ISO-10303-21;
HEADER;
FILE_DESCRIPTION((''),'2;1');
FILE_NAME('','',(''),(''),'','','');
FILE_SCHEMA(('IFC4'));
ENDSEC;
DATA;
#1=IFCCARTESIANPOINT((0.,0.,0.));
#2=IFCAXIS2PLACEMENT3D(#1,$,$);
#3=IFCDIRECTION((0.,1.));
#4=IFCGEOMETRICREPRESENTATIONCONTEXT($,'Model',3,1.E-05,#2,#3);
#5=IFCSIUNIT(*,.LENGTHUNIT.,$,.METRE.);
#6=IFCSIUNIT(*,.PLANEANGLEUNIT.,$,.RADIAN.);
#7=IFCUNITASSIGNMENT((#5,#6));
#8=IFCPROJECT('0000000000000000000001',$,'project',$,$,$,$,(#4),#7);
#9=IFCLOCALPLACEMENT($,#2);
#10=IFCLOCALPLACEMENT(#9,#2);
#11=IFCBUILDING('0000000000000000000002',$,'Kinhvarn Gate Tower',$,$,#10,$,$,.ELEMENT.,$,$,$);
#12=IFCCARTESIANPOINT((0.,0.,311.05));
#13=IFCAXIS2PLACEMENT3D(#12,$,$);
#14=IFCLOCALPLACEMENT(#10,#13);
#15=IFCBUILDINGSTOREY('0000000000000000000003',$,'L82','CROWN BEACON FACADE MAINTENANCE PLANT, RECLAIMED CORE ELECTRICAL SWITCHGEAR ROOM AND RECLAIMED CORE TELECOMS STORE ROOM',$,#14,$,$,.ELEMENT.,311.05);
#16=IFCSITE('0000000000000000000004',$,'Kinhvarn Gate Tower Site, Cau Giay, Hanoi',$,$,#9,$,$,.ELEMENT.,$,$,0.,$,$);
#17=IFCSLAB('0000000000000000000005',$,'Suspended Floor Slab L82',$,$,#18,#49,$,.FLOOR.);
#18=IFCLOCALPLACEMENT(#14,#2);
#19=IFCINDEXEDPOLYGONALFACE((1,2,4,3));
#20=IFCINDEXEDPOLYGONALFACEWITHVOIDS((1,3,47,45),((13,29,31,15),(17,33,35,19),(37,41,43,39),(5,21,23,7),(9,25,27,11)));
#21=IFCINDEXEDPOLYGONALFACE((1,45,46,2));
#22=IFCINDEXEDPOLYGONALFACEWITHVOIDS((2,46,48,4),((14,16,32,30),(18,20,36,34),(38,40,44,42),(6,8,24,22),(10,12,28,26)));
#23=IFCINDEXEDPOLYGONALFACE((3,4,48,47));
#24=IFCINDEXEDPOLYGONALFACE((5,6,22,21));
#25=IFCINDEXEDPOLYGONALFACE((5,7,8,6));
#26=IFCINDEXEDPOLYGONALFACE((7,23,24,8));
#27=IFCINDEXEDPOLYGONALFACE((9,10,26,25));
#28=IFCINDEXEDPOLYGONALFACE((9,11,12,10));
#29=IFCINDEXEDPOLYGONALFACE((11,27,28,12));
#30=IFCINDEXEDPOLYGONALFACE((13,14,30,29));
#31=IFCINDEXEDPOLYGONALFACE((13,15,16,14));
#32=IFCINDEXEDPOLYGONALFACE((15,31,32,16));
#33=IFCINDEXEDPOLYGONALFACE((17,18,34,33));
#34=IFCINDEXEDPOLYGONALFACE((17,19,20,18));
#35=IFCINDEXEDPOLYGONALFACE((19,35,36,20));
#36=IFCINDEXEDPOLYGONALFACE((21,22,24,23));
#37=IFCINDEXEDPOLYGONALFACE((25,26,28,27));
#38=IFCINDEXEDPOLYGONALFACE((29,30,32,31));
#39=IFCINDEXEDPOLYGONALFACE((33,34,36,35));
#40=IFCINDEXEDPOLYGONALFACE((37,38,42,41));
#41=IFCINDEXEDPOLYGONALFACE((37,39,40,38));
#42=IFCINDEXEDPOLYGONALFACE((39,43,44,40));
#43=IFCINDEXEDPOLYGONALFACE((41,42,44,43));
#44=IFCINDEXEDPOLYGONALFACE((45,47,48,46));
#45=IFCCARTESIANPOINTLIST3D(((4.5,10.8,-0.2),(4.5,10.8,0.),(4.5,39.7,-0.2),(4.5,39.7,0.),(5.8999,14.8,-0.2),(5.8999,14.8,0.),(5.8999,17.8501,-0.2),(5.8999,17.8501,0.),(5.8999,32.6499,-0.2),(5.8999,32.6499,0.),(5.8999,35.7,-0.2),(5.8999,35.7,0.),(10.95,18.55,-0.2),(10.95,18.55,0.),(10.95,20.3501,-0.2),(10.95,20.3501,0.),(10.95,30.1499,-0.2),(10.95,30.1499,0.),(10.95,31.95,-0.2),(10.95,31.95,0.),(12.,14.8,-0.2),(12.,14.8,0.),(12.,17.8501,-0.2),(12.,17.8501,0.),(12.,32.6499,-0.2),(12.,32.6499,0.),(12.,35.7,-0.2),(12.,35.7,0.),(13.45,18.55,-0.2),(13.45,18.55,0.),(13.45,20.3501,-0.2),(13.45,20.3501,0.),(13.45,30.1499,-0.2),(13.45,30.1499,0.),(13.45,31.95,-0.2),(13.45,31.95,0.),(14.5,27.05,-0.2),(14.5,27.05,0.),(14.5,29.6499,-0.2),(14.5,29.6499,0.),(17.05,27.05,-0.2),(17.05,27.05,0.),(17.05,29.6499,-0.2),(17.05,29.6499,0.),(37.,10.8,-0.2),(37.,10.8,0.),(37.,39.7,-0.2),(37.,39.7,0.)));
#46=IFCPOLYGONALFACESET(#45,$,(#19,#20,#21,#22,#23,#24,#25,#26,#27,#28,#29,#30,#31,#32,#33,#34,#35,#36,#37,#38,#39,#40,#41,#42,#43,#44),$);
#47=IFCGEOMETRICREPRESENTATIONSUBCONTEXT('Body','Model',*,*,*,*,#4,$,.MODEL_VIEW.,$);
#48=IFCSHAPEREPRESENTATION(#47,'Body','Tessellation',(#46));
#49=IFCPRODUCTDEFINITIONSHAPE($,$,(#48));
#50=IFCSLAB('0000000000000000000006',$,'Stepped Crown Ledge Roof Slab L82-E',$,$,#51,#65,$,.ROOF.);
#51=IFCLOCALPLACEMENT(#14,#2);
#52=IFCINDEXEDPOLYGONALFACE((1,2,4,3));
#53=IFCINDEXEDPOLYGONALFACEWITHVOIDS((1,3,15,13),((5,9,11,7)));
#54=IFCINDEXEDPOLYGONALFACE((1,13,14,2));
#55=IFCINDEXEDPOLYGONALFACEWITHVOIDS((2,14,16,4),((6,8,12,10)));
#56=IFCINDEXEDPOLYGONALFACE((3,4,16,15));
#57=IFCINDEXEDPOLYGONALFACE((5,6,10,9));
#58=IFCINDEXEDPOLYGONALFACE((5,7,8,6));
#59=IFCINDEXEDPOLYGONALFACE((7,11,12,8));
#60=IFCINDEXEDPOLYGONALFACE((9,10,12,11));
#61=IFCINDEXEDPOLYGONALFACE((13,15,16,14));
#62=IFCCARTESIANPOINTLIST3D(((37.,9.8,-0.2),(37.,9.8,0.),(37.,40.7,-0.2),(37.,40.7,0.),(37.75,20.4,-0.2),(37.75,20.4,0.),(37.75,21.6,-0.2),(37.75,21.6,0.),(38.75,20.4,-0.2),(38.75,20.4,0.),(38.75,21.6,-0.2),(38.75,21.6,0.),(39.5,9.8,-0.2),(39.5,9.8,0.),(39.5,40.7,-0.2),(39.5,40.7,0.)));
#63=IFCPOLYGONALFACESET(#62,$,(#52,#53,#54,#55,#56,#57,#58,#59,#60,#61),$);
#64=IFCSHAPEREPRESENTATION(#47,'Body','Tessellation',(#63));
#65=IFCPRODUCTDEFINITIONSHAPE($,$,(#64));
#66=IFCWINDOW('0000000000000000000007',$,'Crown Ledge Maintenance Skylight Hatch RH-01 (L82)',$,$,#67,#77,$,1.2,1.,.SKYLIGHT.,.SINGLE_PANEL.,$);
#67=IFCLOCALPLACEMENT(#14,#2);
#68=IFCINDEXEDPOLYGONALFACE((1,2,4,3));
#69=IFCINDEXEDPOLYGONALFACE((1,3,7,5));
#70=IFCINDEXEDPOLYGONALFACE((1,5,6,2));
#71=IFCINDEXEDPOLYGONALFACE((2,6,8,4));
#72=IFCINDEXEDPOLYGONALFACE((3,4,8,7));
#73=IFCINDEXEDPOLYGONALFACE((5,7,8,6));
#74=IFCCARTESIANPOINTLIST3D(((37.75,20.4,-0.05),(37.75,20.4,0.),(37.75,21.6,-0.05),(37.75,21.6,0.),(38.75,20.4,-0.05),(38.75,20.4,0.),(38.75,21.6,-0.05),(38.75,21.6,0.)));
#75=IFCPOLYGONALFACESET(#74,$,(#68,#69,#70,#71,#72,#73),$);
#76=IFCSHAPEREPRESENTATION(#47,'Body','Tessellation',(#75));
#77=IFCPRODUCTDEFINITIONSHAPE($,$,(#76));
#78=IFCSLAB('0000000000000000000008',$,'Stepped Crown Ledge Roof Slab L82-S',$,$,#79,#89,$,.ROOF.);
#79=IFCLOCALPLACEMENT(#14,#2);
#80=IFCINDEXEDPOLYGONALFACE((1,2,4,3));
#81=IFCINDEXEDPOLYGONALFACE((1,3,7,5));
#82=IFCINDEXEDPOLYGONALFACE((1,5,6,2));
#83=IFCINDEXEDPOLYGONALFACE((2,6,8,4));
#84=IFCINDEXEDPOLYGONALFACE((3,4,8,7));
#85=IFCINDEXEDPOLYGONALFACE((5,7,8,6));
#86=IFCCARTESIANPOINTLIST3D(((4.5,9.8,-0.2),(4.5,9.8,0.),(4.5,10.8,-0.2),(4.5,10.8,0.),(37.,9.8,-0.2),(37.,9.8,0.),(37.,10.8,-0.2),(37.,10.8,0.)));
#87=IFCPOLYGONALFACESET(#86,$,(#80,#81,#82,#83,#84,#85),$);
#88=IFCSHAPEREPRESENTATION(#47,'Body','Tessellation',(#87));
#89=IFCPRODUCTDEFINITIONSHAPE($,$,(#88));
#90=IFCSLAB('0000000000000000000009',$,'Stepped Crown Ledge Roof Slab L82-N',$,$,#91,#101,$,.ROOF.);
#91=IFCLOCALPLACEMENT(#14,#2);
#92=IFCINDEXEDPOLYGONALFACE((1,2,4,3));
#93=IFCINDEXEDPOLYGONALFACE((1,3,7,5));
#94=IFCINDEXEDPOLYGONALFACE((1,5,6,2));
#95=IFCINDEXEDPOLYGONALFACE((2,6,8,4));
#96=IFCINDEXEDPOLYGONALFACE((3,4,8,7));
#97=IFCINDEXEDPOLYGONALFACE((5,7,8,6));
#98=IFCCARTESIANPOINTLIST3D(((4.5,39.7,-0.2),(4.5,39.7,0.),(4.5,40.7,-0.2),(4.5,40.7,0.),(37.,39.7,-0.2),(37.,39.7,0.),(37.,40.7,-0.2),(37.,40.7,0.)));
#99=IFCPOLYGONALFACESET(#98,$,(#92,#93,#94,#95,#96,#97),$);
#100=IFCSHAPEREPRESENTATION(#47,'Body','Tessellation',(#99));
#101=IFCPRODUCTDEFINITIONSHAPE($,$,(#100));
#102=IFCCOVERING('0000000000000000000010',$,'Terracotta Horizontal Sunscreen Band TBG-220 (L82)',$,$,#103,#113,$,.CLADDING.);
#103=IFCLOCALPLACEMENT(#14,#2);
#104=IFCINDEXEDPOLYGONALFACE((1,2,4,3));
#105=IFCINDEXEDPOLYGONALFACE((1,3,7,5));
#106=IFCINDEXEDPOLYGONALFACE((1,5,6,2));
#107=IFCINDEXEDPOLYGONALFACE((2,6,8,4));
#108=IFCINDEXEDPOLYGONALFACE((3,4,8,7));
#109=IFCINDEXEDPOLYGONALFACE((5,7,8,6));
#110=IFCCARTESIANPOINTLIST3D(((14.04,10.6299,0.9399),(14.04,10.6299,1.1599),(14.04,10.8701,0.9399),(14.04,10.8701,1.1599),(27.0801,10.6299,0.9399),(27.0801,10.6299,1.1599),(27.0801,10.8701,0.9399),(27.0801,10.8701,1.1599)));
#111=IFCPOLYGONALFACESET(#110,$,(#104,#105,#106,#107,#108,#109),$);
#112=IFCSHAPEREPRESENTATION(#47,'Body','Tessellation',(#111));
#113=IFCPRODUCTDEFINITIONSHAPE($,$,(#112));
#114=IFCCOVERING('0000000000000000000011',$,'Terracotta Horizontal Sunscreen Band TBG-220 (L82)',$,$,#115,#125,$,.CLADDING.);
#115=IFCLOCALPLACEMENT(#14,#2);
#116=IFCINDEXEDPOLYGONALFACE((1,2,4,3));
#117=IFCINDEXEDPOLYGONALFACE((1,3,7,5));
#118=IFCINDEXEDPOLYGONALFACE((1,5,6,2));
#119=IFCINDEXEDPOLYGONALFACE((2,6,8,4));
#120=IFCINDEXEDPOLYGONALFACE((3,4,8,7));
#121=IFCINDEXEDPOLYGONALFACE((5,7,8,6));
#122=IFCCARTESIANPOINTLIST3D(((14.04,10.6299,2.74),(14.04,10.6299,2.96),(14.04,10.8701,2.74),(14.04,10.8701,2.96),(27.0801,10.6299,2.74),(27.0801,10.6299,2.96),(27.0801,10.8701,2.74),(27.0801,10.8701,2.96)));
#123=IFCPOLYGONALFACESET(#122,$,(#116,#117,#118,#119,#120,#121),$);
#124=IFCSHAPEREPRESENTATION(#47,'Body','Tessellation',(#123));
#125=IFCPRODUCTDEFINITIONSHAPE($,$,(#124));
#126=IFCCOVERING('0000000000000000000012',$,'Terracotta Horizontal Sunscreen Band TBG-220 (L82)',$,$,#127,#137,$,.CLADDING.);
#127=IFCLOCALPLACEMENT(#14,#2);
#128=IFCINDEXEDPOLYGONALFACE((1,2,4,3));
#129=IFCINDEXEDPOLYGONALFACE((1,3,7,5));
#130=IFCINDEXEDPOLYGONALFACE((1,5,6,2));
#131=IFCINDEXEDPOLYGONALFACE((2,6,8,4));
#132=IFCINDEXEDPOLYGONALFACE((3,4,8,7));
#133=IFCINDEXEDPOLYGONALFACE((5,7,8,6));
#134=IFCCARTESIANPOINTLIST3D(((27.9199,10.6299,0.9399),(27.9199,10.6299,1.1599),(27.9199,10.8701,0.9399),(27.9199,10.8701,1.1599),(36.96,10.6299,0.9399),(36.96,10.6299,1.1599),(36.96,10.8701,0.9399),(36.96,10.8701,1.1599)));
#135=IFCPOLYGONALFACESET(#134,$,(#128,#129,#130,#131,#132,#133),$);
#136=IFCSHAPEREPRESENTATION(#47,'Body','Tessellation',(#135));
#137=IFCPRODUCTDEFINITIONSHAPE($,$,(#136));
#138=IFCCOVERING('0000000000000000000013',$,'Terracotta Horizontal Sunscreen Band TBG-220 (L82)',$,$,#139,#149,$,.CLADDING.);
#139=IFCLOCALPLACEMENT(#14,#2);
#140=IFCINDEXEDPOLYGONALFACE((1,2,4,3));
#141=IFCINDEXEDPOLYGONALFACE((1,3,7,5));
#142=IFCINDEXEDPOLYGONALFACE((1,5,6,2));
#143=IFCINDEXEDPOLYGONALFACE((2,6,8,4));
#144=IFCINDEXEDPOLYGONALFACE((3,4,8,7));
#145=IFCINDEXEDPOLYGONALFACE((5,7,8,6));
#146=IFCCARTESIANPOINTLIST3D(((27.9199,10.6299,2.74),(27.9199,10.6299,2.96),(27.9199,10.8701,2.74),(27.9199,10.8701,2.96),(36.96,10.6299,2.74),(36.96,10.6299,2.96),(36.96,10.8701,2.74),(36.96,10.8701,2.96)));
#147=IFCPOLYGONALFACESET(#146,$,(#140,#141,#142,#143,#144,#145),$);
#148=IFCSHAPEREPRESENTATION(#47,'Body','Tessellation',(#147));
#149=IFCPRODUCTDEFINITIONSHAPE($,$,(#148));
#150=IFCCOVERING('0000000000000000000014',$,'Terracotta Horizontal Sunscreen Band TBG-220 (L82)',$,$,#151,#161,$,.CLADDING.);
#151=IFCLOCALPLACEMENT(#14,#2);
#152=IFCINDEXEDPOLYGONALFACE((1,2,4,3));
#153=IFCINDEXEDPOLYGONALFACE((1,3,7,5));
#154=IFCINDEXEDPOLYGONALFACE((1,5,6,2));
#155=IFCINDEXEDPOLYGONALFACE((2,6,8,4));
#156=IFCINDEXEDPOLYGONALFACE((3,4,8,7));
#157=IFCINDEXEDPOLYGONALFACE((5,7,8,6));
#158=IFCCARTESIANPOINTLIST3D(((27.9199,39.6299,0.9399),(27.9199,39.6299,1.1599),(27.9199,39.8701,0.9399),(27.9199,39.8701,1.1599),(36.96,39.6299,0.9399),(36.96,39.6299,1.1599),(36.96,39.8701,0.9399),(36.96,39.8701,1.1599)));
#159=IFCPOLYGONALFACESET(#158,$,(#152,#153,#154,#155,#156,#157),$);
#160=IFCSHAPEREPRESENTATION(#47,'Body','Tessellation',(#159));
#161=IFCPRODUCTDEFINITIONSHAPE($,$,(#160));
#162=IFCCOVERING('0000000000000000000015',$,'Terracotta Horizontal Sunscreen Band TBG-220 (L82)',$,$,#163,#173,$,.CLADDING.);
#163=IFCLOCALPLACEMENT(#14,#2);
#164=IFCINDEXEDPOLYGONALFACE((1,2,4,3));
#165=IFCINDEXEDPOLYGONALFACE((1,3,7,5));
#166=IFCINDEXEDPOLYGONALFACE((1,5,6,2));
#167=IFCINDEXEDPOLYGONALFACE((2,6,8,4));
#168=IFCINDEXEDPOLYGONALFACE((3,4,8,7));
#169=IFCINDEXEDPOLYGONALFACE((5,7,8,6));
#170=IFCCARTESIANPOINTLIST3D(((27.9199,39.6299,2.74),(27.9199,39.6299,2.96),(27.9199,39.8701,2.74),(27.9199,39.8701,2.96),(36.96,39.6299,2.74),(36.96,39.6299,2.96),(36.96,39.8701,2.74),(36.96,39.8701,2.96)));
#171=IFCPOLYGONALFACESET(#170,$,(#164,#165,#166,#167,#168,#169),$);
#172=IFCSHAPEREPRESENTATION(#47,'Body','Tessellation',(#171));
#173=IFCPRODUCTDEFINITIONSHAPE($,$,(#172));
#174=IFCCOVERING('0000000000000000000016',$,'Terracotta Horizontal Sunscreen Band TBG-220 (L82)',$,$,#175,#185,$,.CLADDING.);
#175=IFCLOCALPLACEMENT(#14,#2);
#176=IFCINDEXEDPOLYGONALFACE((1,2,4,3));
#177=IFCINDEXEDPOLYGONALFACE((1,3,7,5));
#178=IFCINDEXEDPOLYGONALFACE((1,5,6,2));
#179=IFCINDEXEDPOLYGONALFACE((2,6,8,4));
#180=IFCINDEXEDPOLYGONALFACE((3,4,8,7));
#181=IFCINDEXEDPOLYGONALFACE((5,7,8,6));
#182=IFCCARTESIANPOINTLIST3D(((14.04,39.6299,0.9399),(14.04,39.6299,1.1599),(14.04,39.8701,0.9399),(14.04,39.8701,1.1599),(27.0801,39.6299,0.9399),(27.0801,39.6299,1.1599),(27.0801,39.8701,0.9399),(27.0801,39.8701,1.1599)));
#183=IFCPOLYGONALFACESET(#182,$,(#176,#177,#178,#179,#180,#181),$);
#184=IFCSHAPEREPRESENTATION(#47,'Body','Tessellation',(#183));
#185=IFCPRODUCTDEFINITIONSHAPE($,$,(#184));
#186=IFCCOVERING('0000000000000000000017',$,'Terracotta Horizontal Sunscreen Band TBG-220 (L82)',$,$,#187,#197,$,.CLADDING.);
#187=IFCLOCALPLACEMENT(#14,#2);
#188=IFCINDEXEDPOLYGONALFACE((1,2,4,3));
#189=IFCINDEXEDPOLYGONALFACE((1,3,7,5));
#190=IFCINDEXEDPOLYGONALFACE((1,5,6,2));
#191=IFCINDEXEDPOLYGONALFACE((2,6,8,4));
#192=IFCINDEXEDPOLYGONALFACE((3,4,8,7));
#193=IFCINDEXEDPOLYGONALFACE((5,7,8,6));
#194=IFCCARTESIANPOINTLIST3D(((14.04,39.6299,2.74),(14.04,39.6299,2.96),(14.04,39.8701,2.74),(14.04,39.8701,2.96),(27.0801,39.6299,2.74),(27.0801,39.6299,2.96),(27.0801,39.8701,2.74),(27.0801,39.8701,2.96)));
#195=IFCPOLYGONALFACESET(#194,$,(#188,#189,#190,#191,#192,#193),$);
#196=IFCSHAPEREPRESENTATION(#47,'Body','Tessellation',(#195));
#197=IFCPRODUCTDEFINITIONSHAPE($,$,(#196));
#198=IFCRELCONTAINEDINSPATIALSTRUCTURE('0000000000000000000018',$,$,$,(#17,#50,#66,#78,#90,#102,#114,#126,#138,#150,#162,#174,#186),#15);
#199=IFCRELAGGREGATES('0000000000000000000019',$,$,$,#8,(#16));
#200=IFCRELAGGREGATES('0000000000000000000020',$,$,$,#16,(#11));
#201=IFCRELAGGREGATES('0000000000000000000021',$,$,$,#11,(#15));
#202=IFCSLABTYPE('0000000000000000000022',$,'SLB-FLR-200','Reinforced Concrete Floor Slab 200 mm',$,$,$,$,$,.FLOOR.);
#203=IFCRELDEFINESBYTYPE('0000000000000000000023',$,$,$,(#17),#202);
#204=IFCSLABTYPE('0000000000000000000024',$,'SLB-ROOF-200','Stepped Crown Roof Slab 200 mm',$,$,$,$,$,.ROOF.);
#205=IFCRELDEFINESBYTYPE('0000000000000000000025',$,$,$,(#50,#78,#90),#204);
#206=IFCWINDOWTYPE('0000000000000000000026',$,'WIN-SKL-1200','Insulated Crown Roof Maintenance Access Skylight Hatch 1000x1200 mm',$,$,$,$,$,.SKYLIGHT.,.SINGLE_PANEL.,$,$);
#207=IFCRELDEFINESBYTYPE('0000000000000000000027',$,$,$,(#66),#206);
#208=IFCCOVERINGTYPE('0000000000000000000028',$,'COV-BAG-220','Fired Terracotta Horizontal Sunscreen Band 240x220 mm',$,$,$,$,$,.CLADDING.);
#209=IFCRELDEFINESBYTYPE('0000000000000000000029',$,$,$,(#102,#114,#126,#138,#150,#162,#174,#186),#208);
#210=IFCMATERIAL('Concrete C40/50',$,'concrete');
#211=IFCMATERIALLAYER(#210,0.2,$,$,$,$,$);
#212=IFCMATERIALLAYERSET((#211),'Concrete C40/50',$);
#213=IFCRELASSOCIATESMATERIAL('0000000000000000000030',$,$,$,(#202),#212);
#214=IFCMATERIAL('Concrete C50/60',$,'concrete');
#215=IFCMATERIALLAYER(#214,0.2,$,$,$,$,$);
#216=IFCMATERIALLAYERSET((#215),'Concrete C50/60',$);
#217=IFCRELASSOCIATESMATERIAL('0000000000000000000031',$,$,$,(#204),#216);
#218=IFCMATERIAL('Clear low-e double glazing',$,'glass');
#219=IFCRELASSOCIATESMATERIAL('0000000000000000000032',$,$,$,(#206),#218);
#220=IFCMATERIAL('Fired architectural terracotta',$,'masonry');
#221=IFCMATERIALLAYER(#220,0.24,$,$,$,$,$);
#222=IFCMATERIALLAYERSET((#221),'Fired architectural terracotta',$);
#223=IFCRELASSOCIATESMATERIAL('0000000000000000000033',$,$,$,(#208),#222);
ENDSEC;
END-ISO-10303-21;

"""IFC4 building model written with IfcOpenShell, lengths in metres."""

from ifc_helpers import new_model, si_unit, direction, frame, origin, origin_2d, place, context, subcontext, project, spatial, polyline, rectangle, outline, extrude, material, layer, layer_set, type_object, element, fill, save


model = new_model("IFC4")

# Units and contexts
model_context = context("Model", 3, precision=1e-05, world=origin(), true_north=direction((0.0, 1.0)))
body_context = subcontext(model_context, "Body", "Model", "MODEL_VIEW")
ifc_project = project(units=[si_unit("LENGTHUNIT", "METRE"), si_unit("PLANEANGLEUNIT", "RADIAN")], contexts=[model_context])

# Site, building, storey
site_placement = place(None, origin())
site = spatial("IfcSite", under=ifc_project, at=site_placement, Name="Kinhvarn Gate Tower Site, Cau Giay, Hanoi", CompositionType="ELEMENT", RefElevation=0.0)
building_placement = place(site_placement, origin())
building = spatial("IfcBuilding", under=site, at=building_placement, Name="Kinhvarn Gate Tower", CompositionType="ELEMENT")
storey_placement = place(building_placement, frame((0.0, 0.0, 311.05)))
storey = spatial("IfcBuildingStorey", under=building, at=storey_placement, Name="L82", Description="CROWN BEACON FACADE MAINTENANCE PLANT, RECLAIMED CORE ELECTRICAL SWITCHGEAR ROOM AND RECLAIMED CORE TELECOMS STORE ROOM", CompositionType="ELEMENT", Elevation=311.05)

# Slab
ifc_material_1 = material(Name="Concrete C40/50", Category="concrete")
ifc_layer_1 = layer(ifc_material_1, 0.2)
ifc_layer_set_1 = layer_set([ifc_layer_1], Name="Concrete C40/50")
slab_type_1 = type_object("IfcSlabType", Name="SLB-FLR-200", Description="Reinforced Concrete Floor Slab 200 mm", PredefinedType="FLOOR", material=ifc_layer_set_1)
slab_1_placement = place(storey_placement, frame((0.0, 0.0, -0.2)))
element("IfcSlab", 1, at=slab_1_placement, inside=storey, type_object=slab_type_1, Name="Suspended Floor Slab L82", PredefinedType="FLOOR", context=body_context, shape_type="SweptSolid", body=[
    extrude(outline(polyline([(4.5, 10.8), (37.0, 10.8), (37.0, 39.7), (4.5, 39.7), (4.5, 10.8)]), holes=[polyline([(5.8999, 14.8), (12.0, 14.8), (12.0, 17.8501), (5.8999, 17.8501), (5.8999, 14.8)]), polyline([(5.8999, 32.6499), (12.0, 32.6499), (12.0, 35.7), (5.8999, 35.7), (5.8999, 32.6499)]), polyline([(14.5, 27.05), (17.05, 27.05), (17.05, 29.6499), (14.5, 29.6499), (14.5, 27.05)]), polyline([(10.95, 18.55), (13.45, 18.55), (13.45, 20.3501), (10.95, 20.3501), (10.95, 18.55)]), polyline([(10.95, 30.1499), (13.45, 30.1499), (13.45, 31.95), (10.95, 31.95), (10.95, 30.1499)])]), origin(), (0.0, 0.0, 1.0), 0.2),
])

# Slab, opening, window
ifc_material_2 = material(Name="Concrete C50/60", Category="concrete")
ifc_layer_2 = layer(ifc_material_2, 0.2)
ifc_layer_set_2 = layer_set([ifc_layer_2], Name="Concrete C50/60")
slab_type_2 = type_object("IfcSlabType", Name="SLB-ROOF-200", Description="Stepped Crown Roof Slab 200 mm", PredefinedType="ROOF", material=ifc_layer_set_2)
slab_2_placement = place(storey_placement, frame((0.0, 0.0, -0.2)))
slab_2 = element("IfcSlab", 2, at=slab_2_placement, inside=storey, type_object=slab_type_2, Name="Stepped Crown Ledge Roof Slab L82-E", PredefinedType="ROOF", context=body_context, shape_type="SweptSolid", body=[
    extrude(outline(polyline([(37.0, 9.8), (37.0, 40.7), (39.5, 40.7), (39.5, 9.8), (37.0, 9.8)])), origin(), (0.0, 0.0, 1.0), 0.2),
])
opening_placement = place(slab_2_placement, frame((38.25, 21.0, -0.01)))
opening = element("IfcOpeningElement", 3, at=opening_placement, cuts=slab_2, PredefinedType="OPENING", context=body_context, shape_type="SweptSolid", body=[
    extrude(rectangle(XDim=1.0, YDim=1.2, at=origin_2d()), origin(), (0.0, 0.0, 1.0), 0.22),
])
ifc_material_3 = material(Name="Clear low-e double glazing", Category="glass")
window_type = type_object("IfcWindowType", Name="WIN-SKL-1200", Description="Insulated Crown Roof Maintenance Access Skylight Hatch 1000x1200 mm", PartitioningType="SINGLE_PANEL", PredefinedType="SKYLIGHT", material=ifc_material_3)
window_placement = place(slab_2_placement, frame((38.25, 21.0, 0.1499)))
window = element("IfcWindow", 4, at=window_placement, inside=storey, type_object=window_type, Name="Crown Ledge Maintenance Skylight Hatch RH-01 (L82)", OverallHeight=1.2, OverallWidth=1.0, PartitioningType="SINGLE_PANEL", PredefinedType="SKYLIGHT", context=body_context, shape_type="SweptSolid", body=[
    extrude(rectangle(XDim=1.0, YDim=1.2, at=origin_2d()), origin(), (0.0, 0.0, 1.0), 0.05),
])
fill(opening, window)

# Slabs
slab_3_placement = place(storey_placement, frame((0.0, 0.0, -0.2)))
element("IfcSlab", 5, at=slab_3_placement, inside=storey, type_object=slab_type_2, Name="Stepped Crown Ledge Roof Slab L82-S", PredefinedType="ROOF", context=body_context, shape_type="SweptSolid", body=[
    extrude(outline(polyline([(4.5, 9.8), (4.5, 10.8), (37.0, 10.8), (37.0, 9.8), (4.5, 9.8)])), origin(), (0.0, 0.0, 1.0), 0.2),
])
slab_4_placement = place(storey_placement, frame((0.0, 0.0, -0.2)))
element("IfcSlab", 6, at=slab_4_placement, inside=storey, type_object=slab_type_2, Name="Stepped Crown Ledge Roof Slab L82-N", PredefinedType="ROOF", context=body_context, shape_type="SweptSolid", body=[
    extrude(outline(polyline([(37.0, 40.7), (37.0, 39.7), (4.5, 39.7), (4.5, 40.7), (37.0, 40.7)])), origin(), (0.0, 0.0, 1.0), 0.2),
])

# Coverings
ifc_material_4 = material(Name="Fired architectural terracotta", Category="masonry")
ifc_layer_3 = layer(ifc_material_4, 0.24)
ifc_layer_set_3 = layer_set([ifc_layer_3], Name="Fired architectural terracotta")
covering_type_1 = type_object("IfcCoveringType", Name="COV-BAG-220", Description="Fired Terracotta Horizontal Sunscreen Band 240x220 mm", PredefinedType="CLADDING", material=ifc_layer_set_3)
for number, where, name in (
    (7, (0.0, 0.0, 0.9399), "Terracotta Horizontal Sunscreen Band TBG-220 (L82)"),
    (8, (0.0, 0.0, 2.74), "Terracotta Horizontal Sunscreen Band TBG-220 (L82)"),
):
    element("IfcCovering", number, at=place(storey_placement, frame(where)), inside=storey, type_object=covering_type_1, Name=name, PredefinedType="CLADDING", context=body_context, shape_type="SweptSolid", body=[
        extrude(outline(polyline([(14.04, 10.8701), (27.0801, 10.8701), (27.0801, 10.6299), (14.04, 10.6299), (14.04, 10.8701)])), origin(), (0.0, 0.0, 1.0), 0.22),
    ])
for number, where, name in (
    (9, (0.0, 0.0, 0.9399), "Terracotta Horizontal Sunscreen Band TBG-220 (L82)"),
    (10, (0.0, 0.0, 2.74), "Terracotta Horizontal Sunscreen Band TBG-220 (L82)"),
):
    element("IfcCovering", number, at=place(storey_placement, frame(where)), inside=storey, type_object=covering_type_1, Name=name, PredefinedType="CLADDING", context=body_context, shape_type="SweptSolid", body=[
        extrude(outline(polyline([(27.9199, 10.8701), (36.96, 10.8701), (36.96, 10.6299), (27.9199, 10.6299), (27.9199, 10.8701)])), origin(), (0.0, 0.0, 1.0), 0.22),
    ])
for number, where, name in (
    (11, (0.0, 0.0, 0.9399), "Terracotta Horizontal Sunscreen Band TBG-220 (L82)"),
    (12, (0.0, 0.0, 2.74), "Terracotta Horizontal Sunscreen Band TBG-220 (L82)"),
):
    element("IfcCovering", number, at=place(storey_placement, frame(where)), inside=storey, type_object=covering_type_1, Name=name, PredefinedType="CLADDING", context=body_context, shape_type="SweptSolid", body=[
        extrude(outline(polyline([(36.96, 39.6299), (27.9199, 39.6299), (27.9199, 39.8701), (36.96, 39.8701), (36.96, 39.6299)])), origin(), (0.0, 0.0, 1.0), 0.22),
    ])
for number, where, name in (
    (13, (0.0, 0.0, 0.9399), "Terracotta Horizontal Sunscreen Band TBG-220 (L82)"),
    (14, (0.0, 0.0, 2.74), "Terracotta Horizontal Sunscreen Band TBG-220 (L82)"),
):
    element("IfcCovering", number, at=place(storey_placement, frame(where)), inside=storey, type_object=covering_type_1, Name=name, PredefinedType="CLADDING", context=body_context, shape_type="SweptSolid", body=[
        extrude(outline(polyline([(27.0801, 39.6299), (14.04, 39.6299), (14.04, 39.8701), (27.0801, 39.8701), (27.0801, 39.6299)])), origin(), (0.0, 0.0, 1.0), 0.22),
    ])

save(model, "model.ifc")
